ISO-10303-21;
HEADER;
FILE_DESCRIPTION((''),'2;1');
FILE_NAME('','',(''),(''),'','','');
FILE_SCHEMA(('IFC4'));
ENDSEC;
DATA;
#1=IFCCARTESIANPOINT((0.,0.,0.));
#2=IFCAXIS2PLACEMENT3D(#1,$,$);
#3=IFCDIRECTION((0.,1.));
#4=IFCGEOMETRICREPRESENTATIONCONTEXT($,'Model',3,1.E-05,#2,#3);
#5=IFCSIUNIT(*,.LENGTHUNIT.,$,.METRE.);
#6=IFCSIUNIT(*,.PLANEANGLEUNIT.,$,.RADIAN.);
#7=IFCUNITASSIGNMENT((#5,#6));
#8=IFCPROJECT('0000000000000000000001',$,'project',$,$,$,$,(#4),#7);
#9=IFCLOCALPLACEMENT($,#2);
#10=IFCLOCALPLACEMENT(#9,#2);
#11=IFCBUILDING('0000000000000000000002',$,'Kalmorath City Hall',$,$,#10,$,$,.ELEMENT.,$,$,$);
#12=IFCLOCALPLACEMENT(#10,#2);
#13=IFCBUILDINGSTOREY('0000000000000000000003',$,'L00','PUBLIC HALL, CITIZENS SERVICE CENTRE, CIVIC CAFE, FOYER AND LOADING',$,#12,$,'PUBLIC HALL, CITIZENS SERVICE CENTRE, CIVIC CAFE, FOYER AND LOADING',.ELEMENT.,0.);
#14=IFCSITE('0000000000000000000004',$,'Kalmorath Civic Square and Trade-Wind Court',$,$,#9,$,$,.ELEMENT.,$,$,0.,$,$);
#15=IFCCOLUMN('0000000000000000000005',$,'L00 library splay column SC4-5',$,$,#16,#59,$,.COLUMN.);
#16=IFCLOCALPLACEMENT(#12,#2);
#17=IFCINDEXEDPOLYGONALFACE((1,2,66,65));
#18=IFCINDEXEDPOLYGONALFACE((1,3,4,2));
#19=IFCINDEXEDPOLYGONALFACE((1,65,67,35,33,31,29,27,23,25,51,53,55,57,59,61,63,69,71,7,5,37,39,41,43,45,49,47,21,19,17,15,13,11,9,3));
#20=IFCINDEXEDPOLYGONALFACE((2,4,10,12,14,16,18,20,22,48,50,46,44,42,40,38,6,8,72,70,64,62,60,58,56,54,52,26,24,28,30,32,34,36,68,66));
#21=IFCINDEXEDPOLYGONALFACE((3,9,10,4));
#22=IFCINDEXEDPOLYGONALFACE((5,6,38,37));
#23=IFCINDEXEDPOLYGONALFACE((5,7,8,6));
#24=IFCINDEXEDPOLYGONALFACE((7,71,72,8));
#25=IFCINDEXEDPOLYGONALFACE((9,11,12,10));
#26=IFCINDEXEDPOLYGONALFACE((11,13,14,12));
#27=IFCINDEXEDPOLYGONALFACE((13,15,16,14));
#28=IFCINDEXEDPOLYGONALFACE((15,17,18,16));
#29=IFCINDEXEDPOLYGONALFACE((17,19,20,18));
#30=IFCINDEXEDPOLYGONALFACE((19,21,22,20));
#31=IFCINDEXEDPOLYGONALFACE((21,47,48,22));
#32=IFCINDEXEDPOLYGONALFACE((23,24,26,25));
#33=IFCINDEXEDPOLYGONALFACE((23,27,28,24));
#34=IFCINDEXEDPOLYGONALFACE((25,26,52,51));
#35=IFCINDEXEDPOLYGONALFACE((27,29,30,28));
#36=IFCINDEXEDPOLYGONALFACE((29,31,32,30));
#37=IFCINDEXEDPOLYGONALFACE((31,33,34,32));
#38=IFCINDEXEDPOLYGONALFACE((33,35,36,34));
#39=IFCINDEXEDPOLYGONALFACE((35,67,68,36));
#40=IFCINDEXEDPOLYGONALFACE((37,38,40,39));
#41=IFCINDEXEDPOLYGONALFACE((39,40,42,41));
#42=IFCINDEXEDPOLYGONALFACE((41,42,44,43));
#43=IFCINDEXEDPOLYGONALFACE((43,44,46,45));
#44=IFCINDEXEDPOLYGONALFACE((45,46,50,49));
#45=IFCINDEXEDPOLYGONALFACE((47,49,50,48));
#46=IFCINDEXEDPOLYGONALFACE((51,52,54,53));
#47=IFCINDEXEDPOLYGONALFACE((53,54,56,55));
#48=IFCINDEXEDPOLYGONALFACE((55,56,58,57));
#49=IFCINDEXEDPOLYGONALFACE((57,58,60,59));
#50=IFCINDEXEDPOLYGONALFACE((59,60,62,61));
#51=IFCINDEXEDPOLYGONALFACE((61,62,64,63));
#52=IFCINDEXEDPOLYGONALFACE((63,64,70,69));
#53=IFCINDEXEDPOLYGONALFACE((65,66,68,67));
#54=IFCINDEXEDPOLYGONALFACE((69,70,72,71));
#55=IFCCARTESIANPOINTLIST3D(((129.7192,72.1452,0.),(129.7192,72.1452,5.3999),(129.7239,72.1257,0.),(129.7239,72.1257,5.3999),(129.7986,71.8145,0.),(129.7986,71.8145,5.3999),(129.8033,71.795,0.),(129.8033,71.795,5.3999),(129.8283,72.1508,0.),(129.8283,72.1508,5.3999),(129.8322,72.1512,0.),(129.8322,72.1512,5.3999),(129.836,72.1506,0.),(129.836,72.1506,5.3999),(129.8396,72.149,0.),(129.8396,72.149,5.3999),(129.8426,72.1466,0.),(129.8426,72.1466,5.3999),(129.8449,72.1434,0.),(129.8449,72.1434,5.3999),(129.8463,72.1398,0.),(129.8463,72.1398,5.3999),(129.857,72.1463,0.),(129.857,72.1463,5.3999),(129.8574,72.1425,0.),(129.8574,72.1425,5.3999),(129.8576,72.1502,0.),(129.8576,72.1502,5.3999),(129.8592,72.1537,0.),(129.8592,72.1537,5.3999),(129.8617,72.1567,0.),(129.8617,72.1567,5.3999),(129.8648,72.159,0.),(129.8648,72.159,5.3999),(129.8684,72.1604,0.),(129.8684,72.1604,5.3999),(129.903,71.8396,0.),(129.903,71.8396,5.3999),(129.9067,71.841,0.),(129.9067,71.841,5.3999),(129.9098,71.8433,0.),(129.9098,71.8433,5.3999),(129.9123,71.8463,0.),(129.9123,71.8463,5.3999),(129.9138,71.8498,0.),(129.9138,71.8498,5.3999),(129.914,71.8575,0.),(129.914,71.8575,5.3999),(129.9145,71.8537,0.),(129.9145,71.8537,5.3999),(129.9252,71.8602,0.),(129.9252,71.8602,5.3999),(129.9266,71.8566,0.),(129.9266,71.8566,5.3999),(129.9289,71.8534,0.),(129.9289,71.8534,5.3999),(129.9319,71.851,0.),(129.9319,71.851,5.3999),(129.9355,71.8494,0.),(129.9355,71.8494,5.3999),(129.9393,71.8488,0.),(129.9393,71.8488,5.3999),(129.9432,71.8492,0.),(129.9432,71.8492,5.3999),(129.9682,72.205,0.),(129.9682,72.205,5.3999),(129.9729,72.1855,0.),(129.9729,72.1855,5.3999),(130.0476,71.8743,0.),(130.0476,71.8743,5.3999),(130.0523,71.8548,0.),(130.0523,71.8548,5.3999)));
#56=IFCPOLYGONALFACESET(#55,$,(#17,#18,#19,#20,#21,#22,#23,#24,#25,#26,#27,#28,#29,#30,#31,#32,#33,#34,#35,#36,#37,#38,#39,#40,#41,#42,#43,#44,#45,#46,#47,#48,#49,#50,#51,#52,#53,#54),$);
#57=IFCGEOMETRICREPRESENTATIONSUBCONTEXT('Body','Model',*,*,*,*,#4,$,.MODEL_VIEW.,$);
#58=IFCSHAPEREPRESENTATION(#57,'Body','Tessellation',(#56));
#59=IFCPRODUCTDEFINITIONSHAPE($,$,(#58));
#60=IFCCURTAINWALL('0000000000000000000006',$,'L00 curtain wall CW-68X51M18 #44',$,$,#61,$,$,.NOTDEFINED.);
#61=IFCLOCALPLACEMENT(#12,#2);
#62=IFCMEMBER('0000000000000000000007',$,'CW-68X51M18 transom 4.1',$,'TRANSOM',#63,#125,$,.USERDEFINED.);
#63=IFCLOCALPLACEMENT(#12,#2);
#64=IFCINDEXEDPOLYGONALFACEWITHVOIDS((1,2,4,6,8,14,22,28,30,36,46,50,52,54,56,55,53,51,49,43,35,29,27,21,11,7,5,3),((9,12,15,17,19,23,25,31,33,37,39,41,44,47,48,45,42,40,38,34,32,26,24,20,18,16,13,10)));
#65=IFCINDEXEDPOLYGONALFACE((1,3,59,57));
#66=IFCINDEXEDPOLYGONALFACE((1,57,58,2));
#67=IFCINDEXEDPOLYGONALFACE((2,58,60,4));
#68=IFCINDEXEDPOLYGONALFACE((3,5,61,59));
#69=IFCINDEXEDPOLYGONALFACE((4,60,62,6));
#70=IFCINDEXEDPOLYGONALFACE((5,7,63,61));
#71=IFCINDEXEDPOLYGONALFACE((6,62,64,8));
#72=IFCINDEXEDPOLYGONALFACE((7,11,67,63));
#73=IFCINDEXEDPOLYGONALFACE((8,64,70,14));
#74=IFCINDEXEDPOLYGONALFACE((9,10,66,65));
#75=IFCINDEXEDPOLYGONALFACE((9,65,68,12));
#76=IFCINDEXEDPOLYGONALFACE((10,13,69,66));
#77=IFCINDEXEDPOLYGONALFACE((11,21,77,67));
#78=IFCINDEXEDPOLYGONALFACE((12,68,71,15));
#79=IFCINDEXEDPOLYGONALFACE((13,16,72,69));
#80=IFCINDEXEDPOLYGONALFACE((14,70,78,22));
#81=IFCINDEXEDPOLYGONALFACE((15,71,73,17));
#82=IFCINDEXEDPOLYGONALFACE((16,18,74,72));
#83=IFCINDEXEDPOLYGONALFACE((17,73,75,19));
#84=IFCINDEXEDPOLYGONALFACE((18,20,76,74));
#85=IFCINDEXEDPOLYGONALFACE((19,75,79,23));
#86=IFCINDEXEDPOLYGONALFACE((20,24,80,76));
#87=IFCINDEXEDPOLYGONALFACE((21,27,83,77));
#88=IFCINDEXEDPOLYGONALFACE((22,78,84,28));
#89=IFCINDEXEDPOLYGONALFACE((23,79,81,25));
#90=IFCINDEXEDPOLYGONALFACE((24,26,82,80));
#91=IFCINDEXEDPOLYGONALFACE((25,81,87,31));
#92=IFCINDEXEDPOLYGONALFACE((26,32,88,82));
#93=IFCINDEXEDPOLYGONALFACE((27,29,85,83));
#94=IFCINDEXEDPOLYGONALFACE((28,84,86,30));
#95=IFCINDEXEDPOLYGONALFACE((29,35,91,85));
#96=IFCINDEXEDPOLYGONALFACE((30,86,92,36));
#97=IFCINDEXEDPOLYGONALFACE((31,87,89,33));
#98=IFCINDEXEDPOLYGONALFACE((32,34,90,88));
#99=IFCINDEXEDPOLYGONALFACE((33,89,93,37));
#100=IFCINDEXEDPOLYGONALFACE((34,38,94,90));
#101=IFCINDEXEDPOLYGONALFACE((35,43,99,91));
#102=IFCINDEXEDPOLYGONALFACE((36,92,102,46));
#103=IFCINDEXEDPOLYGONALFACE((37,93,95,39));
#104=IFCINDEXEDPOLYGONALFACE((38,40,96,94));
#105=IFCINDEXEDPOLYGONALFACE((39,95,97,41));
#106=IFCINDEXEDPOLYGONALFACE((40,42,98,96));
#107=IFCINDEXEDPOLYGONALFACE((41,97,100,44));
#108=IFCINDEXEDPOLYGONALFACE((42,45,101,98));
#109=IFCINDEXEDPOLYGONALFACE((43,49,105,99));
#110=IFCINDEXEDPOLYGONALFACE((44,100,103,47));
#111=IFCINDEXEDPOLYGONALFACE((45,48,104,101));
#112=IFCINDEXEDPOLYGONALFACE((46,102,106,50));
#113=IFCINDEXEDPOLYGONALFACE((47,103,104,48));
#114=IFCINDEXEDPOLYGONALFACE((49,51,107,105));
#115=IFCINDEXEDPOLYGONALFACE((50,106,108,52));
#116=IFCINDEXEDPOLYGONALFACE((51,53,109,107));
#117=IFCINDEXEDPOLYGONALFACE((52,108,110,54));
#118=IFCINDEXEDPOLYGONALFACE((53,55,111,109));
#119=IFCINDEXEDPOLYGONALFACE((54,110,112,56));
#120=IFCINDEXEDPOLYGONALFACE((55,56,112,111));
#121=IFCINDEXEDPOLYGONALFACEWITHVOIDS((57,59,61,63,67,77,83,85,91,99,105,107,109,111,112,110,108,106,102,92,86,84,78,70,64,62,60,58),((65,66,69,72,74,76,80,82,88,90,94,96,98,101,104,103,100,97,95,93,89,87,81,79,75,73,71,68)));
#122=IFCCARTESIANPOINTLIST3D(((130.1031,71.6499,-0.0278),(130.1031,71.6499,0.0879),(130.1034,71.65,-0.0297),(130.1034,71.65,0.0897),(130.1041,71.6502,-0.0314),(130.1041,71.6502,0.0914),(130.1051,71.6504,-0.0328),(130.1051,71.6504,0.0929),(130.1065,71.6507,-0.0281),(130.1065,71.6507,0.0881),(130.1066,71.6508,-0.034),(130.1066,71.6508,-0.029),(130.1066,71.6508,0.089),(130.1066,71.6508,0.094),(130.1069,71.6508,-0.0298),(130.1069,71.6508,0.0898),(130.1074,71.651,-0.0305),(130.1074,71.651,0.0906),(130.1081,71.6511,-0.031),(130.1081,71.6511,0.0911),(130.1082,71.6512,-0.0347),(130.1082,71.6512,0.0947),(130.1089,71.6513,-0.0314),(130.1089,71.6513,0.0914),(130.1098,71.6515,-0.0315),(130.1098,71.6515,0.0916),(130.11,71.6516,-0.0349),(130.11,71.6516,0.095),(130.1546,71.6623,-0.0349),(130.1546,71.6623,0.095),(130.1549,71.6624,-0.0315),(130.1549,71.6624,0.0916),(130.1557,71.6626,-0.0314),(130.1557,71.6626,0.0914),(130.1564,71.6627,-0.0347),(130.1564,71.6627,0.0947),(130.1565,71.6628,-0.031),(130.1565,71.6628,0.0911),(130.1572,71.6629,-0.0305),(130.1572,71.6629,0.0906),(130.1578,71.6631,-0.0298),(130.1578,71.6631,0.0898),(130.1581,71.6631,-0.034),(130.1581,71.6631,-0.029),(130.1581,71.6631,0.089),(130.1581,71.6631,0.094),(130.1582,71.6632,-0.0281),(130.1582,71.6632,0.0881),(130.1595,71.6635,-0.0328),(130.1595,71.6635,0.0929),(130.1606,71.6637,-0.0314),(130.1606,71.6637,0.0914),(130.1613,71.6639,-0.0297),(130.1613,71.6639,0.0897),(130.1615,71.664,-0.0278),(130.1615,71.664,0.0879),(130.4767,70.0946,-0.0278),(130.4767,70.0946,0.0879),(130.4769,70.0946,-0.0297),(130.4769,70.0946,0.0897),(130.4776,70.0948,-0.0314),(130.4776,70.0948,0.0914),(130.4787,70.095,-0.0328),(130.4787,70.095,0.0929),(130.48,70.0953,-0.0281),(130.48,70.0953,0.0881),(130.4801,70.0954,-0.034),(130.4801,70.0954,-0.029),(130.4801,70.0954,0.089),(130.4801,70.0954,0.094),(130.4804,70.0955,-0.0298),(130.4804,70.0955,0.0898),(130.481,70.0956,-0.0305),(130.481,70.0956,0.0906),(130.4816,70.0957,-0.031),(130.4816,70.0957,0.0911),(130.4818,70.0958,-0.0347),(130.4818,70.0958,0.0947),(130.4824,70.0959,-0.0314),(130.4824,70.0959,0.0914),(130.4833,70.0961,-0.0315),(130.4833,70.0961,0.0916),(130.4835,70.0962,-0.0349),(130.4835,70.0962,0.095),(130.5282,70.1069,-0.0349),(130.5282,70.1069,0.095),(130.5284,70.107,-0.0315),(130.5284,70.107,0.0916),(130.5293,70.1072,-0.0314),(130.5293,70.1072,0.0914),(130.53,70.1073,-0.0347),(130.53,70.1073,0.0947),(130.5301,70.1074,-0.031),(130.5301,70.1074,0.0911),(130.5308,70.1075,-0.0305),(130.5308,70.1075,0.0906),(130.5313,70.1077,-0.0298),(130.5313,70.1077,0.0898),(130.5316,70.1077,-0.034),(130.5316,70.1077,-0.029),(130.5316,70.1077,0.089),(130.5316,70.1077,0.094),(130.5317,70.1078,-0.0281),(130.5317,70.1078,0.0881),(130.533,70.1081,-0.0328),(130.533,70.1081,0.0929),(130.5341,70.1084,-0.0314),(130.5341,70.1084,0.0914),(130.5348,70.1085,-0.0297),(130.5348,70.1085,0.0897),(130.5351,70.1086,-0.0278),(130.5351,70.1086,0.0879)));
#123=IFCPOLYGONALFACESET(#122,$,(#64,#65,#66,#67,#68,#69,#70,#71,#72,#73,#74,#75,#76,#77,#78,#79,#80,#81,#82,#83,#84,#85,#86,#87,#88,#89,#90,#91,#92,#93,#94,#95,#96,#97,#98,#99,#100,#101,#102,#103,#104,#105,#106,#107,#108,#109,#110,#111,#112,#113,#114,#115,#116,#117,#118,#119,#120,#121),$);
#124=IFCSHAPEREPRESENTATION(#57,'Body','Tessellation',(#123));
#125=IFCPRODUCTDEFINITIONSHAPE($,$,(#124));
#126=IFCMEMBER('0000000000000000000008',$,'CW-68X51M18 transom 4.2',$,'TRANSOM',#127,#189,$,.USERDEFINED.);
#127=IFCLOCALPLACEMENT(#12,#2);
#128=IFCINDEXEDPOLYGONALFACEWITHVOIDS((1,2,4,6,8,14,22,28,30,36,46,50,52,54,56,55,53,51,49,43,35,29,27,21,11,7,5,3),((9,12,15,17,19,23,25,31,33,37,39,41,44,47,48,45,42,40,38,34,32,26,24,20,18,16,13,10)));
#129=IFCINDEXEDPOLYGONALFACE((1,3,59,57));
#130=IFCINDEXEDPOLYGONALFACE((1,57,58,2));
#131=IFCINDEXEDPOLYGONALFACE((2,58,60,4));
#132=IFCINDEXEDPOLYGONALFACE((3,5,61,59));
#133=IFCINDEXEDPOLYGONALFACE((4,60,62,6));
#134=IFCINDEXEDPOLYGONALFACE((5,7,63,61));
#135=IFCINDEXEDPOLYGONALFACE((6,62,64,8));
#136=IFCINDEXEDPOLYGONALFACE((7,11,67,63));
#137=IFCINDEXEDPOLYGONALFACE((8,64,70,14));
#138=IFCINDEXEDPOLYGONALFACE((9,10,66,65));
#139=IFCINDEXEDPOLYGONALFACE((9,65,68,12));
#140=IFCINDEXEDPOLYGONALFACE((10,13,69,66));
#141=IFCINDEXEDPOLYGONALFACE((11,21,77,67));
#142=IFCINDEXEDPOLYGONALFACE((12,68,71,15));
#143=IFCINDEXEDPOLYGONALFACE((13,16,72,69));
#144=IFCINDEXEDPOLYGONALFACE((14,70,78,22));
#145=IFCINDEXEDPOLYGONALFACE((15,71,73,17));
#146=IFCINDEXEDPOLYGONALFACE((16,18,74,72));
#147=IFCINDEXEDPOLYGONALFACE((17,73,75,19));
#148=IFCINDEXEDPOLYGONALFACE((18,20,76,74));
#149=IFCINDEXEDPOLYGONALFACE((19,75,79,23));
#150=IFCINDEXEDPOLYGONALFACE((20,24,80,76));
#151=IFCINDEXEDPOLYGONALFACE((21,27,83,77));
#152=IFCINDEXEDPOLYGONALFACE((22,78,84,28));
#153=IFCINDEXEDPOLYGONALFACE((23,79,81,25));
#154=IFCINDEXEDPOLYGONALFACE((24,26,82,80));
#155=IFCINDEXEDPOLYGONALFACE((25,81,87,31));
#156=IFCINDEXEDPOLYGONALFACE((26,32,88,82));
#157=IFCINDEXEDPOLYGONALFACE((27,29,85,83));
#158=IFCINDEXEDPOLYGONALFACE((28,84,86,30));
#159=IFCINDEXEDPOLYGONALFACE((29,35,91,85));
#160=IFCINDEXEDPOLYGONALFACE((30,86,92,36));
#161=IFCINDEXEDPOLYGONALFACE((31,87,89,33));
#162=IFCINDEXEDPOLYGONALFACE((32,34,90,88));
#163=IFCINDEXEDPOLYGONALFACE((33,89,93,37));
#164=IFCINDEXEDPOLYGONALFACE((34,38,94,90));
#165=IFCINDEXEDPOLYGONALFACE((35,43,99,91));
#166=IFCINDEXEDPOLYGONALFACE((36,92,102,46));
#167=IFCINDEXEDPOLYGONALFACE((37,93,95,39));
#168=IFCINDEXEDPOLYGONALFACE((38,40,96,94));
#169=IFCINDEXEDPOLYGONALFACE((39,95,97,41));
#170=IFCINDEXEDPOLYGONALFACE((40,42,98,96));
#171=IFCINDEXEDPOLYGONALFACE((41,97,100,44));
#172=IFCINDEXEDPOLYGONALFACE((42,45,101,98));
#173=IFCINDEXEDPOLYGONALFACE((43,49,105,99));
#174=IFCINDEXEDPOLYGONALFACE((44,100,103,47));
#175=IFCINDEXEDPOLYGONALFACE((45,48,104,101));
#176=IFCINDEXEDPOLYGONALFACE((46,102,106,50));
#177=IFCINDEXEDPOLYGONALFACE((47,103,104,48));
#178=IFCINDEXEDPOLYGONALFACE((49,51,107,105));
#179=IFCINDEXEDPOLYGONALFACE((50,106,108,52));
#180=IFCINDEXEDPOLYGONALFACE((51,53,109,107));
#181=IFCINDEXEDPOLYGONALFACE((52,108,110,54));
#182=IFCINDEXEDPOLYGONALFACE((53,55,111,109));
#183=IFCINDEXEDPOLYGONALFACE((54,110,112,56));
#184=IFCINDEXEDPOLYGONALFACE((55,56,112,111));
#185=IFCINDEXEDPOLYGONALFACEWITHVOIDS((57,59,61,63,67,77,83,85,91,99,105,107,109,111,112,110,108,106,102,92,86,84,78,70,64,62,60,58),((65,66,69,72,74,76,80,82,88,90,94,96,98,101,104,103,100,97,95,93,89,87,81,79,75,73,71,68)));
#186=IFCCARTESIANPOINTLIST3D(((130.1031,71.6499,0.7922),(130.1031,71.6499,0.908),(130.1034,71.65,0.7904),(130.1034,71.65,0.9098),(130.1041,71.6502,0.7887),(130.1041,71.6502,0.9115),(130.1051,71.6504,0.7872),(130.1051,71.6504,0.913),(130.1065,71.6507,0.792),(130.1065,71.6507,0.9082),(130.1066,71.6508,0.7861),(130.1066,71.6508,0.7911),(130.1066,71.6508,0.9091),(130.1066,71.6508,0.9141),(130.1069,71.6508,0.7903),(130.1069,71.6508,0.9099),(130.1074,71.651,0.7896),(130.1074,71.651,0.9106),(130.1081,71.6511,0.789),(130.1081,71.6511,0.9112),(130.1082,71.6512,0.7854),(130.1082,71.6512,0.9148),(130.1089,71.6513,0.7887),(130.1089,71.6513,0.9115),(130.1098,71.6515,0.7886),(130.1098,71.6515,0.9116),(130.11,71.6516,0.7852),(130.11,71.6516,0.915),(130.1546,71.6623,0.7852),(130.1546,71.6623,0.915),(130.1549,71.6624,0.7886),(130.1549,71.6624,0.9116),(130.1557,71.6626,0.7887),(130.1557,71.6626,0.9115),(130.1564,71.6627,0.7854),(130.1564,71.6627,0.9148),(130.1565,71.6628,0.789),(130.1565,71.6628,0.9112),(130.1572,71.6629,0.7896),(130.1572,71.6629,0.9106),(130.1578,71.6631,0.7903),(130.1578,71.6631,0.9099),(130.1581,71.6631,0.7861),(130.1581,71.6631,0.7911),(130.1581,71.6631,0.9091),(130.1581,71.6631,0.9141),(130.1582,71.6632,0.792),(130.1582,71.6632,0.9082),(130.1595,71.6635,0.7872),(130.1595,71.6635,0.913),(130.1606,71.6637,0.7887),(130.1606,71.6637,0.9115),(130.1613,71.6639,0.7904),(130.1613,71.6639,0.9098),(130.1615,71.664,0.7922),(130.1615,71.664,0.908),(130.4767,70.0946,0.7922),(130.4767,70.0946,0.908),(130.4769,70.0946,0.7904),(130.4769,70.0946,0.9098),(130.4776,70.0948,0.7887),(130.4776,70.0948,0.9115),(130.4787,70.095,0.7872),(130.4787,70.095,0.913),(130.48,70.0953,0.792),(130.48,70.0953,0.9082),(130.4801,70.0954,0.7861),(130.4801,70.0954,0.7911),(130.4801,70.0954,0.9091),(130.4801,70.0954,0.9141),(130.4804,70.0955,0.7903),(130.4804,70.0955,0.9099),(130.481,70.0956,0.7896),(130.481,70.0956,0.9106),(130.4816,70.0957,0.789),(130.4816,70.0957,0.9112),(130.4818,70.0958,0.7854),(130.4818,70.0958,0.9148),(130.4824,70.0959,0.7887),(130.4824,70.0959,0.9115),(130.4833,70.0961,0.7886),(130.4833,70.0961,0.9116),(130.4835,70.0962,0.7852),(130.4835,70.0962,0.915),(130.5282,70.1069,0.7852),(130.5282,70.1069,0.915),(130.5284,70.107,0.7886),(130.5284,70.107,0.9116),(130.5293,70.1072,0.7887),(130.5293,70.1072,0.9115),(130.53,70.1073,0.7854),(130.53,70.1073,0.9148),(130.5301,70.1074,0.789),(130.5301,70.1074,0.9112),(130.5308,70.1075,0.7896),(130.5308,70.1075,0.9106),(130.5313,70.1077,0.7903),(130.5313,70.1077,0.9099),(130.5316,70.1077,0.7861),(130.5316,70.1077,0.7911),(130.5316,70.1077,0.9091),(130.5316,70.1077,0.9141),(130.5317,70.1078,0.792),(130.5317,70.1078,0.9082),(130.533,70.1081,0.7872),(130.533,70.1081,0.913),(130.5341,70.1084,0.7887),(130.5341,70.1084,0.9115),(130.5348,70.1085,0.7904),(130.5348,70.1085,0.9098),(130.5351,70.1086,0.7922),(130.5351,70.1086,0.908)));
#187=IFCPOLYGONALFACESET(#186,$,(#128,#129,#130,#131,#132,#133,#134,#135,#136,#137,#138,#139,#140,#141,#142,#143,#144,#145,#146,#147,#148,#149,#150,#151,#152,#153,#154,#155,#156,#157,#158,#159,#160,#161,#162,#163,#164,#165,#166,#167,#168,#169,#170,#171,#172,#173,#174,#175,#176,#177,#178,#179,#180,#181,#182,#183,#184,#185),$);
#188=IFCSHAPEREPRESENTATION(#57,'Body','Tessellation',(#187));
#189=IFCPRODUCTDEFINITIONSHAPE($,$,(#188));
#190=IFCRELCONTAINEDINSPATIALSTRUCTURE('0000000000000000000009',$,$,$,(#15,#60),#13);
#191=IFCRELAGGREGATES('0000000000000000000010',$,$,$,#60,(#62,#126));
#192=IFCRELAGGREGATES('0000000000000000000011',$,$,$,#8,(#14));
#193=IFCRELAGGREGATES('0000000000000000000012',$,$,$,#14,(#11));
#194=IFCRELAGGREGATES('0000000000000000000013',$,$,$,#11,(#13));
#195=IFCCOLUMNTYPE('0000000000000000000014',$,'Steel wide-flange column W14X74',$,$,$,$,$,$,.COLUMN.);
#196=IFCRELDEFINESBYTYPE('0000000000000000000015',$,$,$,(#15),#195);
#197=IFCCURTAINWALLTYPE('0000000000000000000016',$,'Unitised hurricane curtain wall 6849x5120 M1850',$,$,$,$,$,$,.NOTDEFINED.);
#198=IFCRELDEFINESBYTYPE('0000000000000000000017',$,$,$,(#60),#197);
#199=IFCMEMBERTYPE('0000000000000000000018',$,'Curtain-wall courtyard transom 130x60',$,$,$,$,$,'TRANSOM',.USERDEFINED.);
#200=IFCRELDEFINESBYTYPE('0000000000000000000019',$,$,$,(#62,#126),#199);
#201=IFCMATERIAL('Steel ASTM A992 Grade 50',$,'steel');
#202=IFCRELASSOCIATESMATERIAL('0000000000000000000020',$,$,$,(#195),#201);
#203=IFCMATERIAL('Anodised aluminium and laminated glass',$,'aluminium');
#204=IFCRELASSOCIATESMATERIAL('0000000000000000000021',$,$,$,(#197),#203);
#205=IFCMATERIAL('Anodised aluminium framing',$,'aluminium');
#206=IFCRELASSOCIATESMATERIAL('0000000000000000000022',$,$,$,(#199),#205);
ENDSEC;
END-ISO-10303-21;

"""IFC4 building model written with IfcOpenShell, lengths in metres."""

from ifc_helpers import new_model, si_unit, direction, frame, origin, origin_2d, place, context, subcontext, project, spatial, hollow_rectangle, i_section, extrude, material, material_profile, profile_set, type_object, element, aggregate, save


model = new_model("IFC4")

# Units and contexts
model_context = context("Model", 3, precision=1e-05, world=origin(), true_north=direction((0.0, 1.0)))
body_context = subcontext(model_context, "Body", "Model", "MODEL_VIEW")
ifc_project = project(units=[si_unit("LENGTHUNIT", "METRE"), si_unit("PLANEANGLEUNIT", "RADIAN")], contexts=[model_context])

# Site, building, storey
site_placement = place(None, origin())
site = spatial("IfcSite", under=ifc_project, at=site_placement, Name="Kalmorath Civic Square and Trade-Wind Court", CompositionType="ELEMENT", RefElevation=0.0)
building_placement = place(site_placement, origin())
building = spatial("IfcBuilding", under=site, at=building_placement, Name="Kalmorath City Hall", CompositionType="ELEMENT")
storey_placement = place(building_placement, origin())
storey = spatial("IfcBuildingStorey", under=building, at=storey_placement, Name="L00", Description="PUBLIC HALL, CITIZENS SERVICE CENTRE, CIVIC CAFE, FOYER AND LOADING", LongName="PUBLIC HALL, CITIZENS SERVICE CENTRE, CIVIC CAFE, FOYER AND LOADING", CompositionType="ELEMENT", Elevation=0.0)

# Column
ifc_material_1 = material(Name="Steel ASTM A992 Grade 50", Category="steel")
ifc_material_profile_1 = material_profile(ifc_material_1, i_section(OverallWidth=0.2561, OverallDepth=0.3601, WebThickness=0.0115, FlangeThickness=0.02, FilletRadius=0.0149, at=origin_2d()), Name="W14X74")
ifc_profile_set_1 = profile_set([ifc_material_profile_1], Name="Steel ASTM A992 Grade 50")
column_type = type_object("IfcColumnType", Name="Steel wide-flange column W14X74", PredefinedType="COLUMN", material=ifc_profile_set_1)
column_placement = place(storey_placement, frame((129.8857, 72.0, 0.0), z_axis=(0.0, 0.0, 1.0), x_axis=(0.97237, 0.233445, 0.0)))
element("IfcColumn", 1, at=column_placement, inside=storey, type_object=column_type, Name="L00 library splay column SC4-5", PredefinedType="COLUMN", context=body_context, shape_type="SweptSolid", body=[
    extrude(i_section(OverallWidth=0.2561, OverallDepth=0.3601, WebThickness=0.0115, FlangeThickness=0.02, FilletRadius=0.0149, at=origin_2d()), origin(), (0.0, 0.0, 1.0), 5.3999),
])

# Curtain wall, members
ifc_material_2 = material(Name="Anodised aluminium and laminated glass", Category="aluminium")
curtain_wall_type = type_object("IfcCurtainWallType", Name="Unitised hurricane curtain wall 6849x5120 M1850", PredefinedType="NOTDEFINED", material=ifc_material_2)
curtain_wall_1_placement = place(storey_placement, origin())
curtain_wall_1 = element("IfcCurtainWall", 2, at=curtain_wall_1_placement, inside=storey, type_object=curtain_wall_type, Name="L00 curtain wall CW-68X51M18 #44", PredefinedType="NOTDEFINED")
ifc_material_3 = material(Name="Anodised aluminium framing", Category="aluminium")
ifc_material_profile_2 = material_profile(ifc_material_3, hollow_rectangle(XDim=0.0601, YDim=0.1299, WallThickness=0.0034, InnerFilletRadius=0.0034, OuterFilletRadius=0.0071, at=origin_2d()), Name="ALU-TRN-130X60X3.5")
ifc_profile_set_2 = profile_set([ifc_material_profile_2], Name="Anodised aluminium framing")
member_type_1 = type_object("IfcMemberType", Name="Curtain-wall courtyard transom 130x60", ElementType="TRANSOM", PredefinedType="USERDEFINED", material=ifc_profile_set_2)
member_1_placement = place(storey_placement, frame((130.5059, 70.1016, 0.03), z_axis=(-0.233511, 0.972354, 0.0), x_axis=(-0.972354, -0.233511, 0.0)))
member_1 = element("IfcMember", 3, at=member_1_placement, type_object=member_type_1, Name="CW-68X51M18 transom 4.1", ObjectType="TRANSOM", PredefinedType="USERDEFINED", context=body_context, shape_type="SweptSolid", body=[
    extrude(hollow_rectangle(XDim=0.0601, YDim=0.1299, WallThickness=0.0034, InnerFilletRadius=0.0034, OuterFilletRadius=0.0071, at=origin_2d()), origin(), (0.0, 0.0, 1.0), 1.5996),
])
member_2_placement = place(storey_placement, frame((130.5059, 70.1016, 0.8501), z_axis=(-0.233511, 0.972354, 0.0), x_axis=(-0.972354, -0.233511, 0.0)))
member_2 = element("IfcMember", 4, at=member_2_placement, type_object=member_type_1, Name="CW-68X51M18 transom 4.2", ObjectType="TRANSOM", PredefinedType="USERDEFINED", context=body_context, shape_type="SweptSolid", body=[
    extrude(hollow_rectangle(XDim=0.0601, YDim=0.1299, WallThickness=0.0034, InnerFilletRadius=0.0034, OuterFilletRadius=0.0071, at=origin_2d()), origin(), (0.0, 0.0, 1.0), 1.5996),
])

aggregate(curtain_wall_1, [member_1, member_2])

save(model, "model.ifc")
